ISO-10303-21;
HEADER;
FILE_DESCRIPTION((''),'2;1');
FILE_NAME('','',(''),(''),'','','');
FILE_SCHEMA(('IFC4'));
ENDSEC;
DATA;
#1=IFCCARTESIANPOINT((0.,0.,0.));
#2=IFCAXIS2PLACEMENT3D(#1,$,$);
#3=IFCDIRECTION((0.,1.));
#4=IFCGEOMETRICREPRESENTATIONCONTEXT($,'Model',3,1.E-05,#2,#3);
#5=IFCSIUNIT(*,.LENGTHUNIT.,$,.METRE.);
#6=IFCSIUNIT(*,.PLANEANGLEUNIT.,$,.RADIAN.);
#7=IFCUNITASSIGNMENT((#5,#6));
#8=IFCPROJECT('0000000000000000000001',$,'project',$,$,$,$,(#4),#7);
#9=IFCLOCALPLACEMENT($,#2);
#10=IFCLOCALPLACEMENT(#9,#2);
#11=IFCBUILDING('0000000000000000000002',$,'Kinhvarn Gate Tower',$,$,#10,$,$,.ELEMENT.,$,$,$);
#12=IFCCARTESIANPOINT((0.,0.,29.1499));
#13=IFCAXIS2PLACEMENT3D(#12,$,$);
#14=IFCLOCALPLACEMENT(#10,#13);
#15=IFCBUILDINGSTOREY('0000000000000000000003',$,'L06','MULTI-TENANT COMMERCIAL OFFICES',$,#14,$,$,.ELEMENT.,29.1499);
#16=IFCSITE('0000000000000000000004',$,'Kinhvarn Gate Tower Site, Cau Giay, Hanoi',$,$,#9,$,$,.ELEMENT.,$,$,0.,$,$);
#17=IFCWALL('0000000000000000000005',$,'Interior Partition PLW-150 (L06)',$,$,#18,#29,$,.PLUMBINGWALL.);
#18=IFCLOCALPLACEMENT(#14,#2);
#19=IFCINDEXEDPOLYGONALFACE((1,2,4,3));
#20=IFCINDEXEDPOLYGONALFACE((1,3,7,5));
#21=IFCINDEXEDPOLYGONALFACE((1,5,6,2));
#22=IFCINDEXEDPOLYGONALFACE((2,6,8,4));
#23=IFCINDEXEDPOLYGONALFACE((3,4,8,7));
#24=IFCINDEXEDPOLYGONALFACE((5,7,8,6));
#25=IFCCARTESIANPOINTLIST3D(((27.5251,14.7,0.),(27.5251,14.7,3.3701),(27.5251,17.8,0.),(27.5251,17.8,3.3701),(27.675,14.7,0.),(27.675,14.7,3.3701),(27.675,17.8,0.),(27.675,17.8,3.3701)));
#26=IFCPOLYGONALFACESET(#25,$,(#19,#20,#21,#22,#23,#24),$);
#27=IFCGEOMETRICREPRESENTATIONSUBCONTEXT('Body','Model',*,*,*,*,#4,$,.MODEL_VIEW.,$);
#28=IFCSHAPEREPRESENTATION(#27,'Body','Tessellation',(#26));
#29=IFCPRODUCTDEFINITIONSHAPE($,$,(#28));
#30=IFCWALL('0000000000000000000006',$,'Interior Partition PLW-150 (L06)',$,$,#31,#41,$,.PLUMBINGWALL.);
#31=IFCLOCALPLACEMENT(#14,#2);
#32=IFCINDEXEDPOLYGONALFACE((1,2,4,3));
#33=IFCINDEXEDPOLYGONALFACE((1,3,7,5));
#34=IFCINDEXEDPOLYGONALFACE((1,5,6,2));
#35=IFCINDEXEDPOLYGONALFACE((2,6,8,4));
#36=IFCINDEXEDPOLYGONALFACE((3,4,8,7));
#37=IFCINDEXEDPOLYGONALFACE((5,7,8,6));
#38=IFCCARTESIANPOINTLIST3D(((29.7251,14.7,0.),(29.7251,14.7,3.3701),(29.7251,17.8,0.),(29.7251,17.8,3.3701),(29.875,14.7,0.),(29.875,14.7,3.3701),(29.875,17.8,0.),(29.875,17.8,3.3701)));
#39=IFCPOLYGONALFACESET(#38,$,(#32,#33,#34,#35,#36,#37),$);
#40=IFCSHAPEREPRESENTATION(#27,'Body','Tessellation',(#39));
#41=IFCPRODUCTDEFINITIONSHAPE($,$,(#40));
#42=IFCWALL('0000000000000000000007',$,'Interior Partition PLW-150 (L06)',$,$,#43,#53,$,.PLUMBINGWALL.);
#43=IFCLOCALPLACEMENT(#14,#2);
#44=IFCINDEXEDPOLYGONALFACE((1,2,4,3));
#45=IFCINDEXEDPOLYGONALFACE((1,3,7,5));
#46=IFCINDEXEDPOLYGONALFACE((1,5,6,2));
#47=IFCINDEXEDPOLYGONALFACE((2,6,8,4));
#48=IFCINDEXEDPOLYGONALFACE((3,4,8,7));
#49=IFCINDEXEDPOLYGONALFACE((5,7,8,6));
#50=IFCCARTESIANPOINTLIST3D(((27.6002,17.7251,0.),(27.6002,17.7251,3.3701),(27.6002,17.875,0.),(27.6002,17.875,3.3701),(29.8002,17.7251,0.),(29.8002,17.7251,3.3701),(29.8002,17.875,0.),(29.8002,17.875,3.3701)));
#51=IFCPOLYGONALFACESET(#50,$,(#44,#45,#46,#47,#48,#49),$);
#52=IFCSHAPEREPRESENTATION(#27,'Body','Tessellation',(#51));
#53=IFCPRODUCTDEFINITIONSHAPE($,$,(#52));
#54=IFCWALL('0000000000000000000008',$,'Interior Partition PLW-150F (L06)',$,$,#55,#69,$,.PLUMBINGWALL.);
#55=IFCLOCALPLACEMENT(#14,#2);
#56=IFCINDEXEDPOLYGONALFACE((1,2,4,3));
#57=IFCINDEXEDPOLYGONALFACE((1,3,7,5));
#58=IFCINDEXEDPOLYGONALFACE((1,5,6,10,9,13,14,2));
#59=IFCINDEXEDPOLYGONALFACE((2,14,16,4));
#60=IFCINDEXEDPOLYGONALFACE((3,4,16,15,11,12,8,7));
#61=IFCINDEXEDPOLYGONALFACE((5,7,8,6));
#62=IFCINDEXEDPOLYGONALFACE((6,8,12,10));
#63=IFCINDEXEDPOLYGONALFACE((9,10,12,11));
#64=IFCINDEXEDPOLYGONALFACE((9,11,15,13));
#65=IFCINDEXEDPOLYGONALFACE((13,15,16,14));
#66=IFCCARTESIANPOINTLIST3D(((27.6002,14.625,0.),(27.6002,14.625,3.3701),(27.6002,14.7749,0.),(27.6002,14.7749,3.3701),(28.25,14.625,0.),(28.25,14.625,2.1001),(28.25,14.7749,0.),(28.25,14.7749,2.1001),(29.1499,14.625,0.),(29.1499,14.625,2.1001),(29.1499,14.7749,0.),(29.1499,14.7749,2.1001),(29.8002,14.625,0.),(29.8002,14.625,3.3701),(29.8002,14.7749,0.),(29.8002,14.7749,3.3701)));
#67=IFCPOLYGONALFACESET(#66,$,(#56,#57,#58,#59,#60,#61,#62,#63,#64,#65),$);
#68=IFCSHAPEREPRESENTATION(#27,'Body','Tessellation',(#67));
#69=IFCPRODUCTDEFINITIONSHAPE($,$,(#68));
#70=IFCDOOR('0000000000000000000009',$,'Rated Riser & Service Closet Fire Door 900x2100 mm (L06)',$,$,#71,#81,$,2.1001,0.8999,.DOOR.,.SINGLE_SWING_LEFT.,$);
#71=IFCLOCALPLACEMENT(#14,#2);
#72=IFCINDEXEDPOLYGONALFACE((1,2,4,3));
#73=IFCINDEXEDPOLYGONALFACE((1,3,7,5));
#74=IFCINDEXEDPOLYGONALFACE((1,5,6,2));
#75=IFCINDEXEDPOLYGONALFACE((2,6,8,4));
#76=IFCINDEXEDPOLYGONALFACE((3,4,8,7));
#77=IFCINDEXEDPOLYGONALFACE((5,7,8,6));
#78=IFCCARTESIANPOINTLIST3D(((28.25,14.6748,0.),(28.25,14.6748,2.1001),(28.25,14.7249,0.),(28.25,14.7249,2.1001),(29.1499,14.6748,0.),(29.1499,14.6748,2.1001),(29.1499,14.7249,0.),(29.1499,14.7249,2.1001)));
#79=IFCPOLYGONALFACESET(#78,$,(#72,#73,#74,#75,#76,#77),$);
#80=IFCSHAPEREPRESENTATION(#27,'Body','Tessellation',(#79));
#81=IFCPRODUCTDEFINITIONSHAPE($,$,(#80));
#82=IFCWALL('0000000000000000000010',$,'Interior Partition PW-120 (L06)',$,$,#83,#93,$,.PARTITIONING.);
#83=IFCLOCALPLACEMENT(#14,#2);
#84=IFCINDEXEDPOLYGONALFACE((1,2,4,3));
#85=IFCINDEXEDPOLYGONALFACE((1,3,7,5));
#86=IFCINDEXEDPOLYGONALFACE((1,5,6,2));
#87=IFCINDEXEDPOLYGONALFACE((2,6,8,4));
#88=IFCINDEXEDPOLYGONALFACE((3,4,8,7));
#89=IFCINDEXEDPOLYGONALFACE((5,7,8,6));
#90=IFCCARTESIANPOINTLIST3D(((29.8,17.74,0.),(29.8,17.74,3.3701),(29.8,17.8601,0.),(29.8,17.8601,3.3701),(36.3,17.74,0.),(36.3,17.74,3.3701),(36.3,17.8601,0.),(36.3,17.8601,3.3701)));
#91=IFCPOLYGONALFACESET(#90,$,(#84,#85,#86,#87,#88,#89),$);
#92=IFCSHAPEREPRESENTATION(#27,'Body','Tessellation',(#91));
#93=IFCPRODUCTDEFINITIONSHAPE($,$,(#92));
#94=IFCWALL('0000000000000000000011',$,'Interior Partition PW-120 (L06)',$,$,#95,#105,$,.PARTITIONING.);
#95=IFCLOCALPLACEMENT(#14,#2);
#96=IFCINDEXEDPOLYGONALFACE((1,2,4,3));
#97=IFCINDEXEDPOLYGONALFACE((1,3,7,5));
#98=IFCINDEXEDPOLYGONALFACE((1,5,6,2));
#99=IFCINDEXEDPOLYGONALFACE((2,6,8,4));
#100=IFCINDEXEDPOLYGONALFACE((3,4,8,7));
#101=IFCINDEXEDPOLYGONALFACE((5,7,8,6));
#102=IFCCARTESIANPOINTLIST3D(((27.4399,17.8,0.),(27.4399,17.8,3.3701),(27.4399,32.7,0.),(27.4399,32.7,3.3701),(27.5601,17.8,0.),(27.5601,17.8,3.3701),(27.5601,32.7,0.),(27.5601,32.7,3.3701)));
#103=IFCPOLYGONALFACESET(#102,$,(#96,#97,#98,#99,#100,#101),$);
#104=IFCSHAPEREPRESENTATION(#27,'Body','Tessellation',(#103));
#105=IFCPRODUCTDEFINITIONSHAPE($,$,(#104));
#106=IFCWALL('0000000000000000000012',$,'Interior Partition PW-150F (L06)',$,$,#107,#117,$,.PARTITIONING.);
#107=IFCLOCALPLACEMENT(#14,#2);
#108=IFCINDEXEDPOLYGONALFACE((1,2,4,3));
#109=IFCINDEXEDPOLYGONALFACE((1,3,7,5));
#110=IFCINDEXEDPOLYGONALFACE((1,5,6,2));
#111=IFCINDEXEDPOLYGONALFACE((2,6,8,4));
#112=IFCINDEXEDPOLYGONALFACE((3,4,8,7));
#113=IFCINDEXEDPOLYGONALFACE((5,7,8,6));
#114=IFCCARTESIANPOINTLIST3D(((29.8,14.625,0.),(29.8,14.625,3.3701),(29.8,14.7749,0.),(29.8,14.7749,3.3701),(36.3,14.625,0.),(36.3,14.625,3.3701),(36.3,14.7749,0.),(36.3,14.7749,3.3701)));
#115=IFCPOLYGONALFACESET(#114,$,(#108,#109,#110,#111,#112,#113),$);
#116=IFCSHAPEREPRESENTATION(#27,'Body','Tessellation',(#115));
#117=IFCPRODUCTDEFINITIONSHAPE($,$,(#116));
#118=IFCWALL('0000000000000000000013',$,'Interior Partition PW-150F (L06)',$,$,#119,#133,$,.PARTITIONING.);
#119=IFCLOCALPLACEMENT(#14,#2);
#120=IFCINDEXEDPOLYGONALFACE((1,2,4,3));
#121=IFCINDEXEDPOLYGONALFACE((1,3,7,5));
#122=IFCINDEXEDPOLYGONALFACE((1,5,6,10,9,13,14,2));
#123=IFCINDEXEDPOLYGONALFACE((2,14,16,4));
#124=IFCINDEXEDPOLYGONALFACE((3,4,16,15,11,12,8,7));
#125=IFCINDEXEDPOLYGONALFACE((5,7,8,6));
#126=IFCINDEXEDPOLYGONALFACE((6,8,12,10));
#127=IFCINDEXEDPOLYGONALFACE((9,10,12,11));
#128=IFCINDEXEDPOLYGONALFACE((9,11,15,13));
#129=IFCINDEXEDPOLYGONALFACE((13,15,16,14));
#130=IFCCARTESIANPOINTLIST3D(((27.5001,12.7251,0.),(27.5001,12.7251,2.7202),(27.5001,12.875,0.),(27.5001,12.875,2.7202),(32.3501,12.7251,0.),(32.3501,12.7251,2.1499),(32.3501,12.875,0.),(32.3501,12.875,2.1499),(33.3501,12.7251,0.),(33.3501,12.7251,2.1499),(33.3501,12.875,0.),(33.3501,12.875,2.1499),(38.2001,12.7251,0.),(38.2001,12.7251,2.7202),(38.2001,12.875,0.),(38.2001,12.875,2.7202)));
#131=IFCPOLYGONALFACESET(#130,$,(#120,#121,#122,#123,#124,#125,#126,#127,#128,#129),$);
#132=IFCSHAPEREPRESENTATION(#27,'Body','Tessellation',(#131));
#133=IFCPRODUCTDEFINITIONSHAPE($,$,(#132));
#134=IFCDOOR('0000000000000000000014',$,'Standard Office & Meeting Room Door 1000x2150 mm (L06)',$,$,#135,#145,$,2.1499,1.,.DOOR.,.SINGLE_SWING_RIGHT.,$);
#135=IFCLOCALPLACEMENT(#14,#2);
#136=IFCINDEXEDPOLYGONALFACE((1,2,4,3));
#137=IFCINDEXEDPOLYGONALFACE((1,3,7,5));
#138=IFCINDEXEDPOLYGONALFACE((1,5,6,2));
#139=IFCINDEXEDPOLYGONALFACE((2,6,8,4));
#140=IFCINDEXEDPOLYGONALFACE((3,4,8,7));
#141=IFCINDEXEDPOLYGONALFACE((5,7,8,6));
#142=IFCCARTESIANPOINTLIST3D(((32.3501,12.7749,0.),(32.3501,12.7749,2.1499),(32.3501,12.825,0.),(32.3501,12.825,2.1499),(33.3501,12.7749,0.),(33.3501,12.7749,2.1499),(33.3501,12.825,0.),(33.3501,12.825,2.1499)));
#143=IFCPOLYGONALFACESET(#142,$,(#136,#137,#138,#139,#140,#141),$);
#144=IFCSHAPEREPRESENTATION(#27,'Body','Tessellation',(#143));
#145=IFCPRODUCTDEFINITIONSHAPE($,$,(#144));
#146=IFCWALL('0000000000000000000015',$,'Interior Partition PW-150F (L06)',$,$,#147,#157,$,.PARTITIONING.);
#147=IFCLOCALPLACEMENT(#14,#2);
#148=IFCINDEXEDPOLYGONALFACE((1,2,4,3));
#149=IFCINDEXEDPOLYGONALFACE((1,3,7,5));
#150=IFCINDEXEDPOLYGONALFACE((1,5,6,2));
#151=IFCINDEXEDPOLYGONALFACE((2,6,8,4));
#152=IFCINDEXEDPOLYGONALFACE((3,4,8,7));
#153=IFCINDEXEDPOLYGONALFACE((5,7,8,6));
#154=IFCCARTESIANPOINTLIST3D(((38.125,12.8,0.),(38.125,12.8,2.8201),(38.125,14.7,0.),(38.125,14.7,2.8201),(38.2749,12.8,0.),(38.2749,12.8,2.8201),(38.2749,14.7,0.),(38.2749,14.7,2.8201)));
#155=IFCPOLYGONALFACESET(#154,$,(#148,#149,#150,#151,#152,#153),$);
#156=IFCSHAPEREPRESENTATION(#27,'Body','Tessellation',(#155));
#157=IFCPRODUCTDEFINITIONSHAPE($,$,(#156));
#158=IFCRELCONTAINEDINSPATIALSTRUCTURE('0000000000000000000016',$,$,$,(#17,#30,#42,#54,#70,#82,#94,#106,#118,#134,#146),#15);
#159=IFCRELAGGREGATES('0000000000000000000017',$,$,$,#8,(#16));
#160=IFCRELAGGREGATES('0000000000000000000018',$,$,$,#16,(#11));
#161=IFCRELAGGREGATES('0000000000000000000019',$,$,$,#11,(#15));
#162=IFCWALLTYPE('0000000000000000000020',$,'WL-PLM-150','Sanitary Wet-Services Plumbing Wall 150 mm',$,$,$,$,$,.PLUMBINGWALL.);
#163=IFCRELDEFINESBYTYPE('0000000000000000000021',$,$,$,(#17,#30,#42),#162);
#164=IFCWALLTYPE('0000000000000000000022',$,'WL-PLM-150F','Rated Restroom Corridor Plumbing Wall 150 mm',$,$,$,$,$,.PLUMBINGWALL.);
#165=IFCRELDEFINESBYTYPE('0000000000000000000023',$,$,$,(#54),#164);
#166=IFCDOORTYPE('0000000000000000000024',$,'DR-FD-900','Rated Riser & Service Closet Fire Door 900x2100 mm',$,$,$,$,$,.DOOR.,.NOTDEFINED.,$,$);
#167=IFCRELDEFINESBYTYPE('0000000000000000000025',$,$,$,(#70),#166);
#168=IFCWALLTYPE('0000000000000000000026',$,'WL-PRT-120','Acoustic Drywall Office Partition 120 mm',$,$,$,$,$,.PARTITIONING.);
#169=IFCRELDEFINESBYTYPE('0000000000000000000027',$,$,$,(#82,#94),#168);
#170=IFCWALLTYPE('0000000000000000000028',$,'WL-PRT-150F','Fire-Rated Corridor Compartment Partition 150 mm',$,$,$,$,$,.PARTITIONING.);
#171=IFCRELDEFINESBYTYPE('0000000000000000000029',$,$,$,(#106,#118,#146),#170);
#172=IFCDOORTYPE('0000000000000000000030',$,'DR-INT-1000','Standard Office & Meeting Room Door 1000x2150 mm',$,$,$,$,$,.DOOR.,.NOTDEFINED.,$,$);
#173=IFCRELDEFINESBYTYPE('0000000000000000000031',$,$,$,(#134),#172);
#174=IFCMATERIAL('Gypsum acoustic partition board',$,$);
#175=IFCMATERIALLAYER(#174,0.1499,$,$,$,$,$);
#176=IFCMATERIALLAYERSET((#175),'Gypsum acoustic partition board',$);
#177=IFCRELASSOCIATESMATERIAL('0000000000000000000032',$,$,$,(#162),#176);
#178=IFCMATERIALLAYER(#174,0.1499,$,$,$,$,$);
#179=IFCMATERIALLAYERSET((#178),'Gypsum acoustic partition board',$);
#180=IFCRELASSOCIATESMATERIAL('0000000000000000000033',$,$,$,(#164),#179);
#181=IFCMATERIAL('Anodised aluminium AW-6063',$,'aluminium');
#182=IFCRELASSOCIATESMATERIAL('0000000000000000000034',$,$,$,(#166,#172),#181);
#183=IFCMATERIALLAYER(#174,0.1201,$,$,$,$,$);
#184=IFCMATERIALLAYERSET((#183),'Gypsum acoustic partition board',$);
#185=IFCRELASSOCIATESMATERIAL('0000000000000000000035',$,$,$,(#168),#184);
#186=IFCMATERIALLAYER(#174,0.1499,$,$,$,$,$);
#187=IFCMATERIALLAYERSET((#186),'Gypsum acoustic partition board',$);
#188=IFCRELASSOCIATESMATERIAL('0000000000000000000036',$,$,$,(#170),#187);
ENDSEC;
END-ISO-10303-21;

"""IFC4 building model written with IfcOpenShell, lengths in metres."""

from ifc_helpers import new_model, si_unit, direction, frame, frame_2d, origin, place, context, subcontext, project, spatial, rectangle, extrude, material, layer, layer_set, type_object, element, fill, save


model = new_model("IFC4")

# Units and contexts
model_context = context("Model", 3, precision=1e-05, world=origin(), true_north=direction((0.0, 1.0)))
body_context = subcontext(model_context, "Body", "Model", "MODEL_VIEW")
ifc_project = project(units=[si_unit("LENGTHUNIT", "METRE"), si_unit("PLANEANGLEUNIT", "RADIAN")], contexts=[model_context])

# Site, building, storey
site_placement = place(None, origin())
site = spatial("IfcSite", under=ifc_project, at=site_placement, Name="Kinhvarn Gate Tower Site, Cau Giay, Hanoi", CompositionType="ELEMENT", RefElevation=0.0)
building_placement = place(site_placement, origin())
building = spatial("IfcBuilding", under=site, at=building_placement, Name="Kinhvarn Gate Tower", CompositionType="ELEMENT")
storey_placement = place(building_placement, frame((0.0, 0.0, 29.1499)))
storey = spatial("IfcBuildingStorey", under=building, at=storey_placement, Name="L06", Description="MULTI-TENANT COMMERCIAL OFFICES", CompositionType="ELEMENT", Elevation=29.1499)

# Walls
ifc_material_1 = material(Name="Gypsum acoustic partition board")
ifc_layer_1 = layer(ifc_material_1, 0.1499)
ifc_layer_set_1 = layer_set([ifc_layer_1], Name="Gypsum acoustic partition board")
wall_type_1 = type_object("IfcWallType", Name="WL-PLM-150", Description="Sanitary Wet-Services Plumbing Wall 150 mm", PredefinedType="PLUMBINGWALL", material=ifc_layer_set_1)
for number, where, z_axis, x_axis, name in (
    (1, (27.6001, 14.7, 0.0), (0.0, 0.0, 1.0), (0.0, 1.0, 0.0), "Interior Partition PLW-150 (L06)"),
    (2, (29.8, 14.7, 0.0), (0.0, 0.0, 1.0), (0.0, 1.0, 0.0), "Interior Partition PLW-150 (L06)"),
):
    element("IfcWall", number, at=place(storey_placement, frame(where, z_axis=z_axis, x_axis=x_axis)), inside=storey, type_object=wall_type_1, Name=name, PredefinedType="PLUMBINGWALL", context=body_context, shape_type="SweptSolid", body=[
        extrude(rectangle(XDim=3.1001, YDim=0.1499, at=frame_2d((1.55, 0.0))), origin(), (0.0, 0.0, 1.0), 3.3701),
    ])
wall_1_placement = place(storey_placement, frame((27.6001, 17.8, 0.0), z_axis=(0.0, 0.0, 1.0), x_axis=(1.0, 0.0, 0.0)))
element("IfcWall", 3, at=wall_1_placement, inside=storey, type_object=wall_type_1, Name="Interior Partition PLW-150 (L06)", PredefinedType="PLUMBINGWALL", context=body_context, shape_type="SweptSolid", body=[
    extrude(rectangle(XDim=2.2, YDim=0.1499, at=frame_2d((1.1001, 0.0))), origin(), (0.0, 0.0, 1.0), 3.3701),
])

# Wall, opening, door
ifc_layer_2 = layer(ifc_material_1, 0.1499)
ifc_layer_set_2 = layer_set([ifc_layer_2], Name="Gypsum acoustic partition board")
wall_type_2 = type_object("IfcWallType", Name="WL-PLM-150F", Description="Rated Restroom Corridor Plumbing Wall 150 mm", PredefinedType="PLUMBINGWALL", material=ifc_layer_set_2)
wall_2_placement = place(storey_placement, frame((27.6001, 14.7, 0.0), z_axis=(0.0, 0.0, 1.0), x_axis=(1.0, 0.0, 0.0)))
wall_2 = element("IfcWall", 4, at=wall_2_placement, inside=storey, type_object=wall_type_2, Name="Interior Partition PLW-150F (L06)", PredefinedType="PLUMBINGWALL", context=body_context, shape_type="SweptSolid", body=[
    extrude(rectangle(XDim=2.2, YDim=0.1499, at=frame_2d((1.1001, 0.0))), origin(), (0.0, 0.0, 1.0), 3.3701),
])
opening_1_placement = place(wall_2_placement, frame((0.6499, 0.0, 0.0)))
opening_1 = element("IfcOpeningElement", 5, at=opening_1_placement, cuts=wall_2, PredefinedType="OPENING", context=body_context, shape_type="SweptSolid", body=[
    extrude(rectangle(XDim=0.8999, YDim=2.1001, at=frame_2d((0.45, 1.05))), frame((0.0, 0.085, 0.0), z_axis=(0.0, -1.0, 0.0), x_axis=(1.0, 0.0, 0.0)), (0.0, 0.0, 1.0), 0.1699),
])
ifc_material_2 = material(Name="Anodised aluminium AW-6063", Category="aluminium")
door_type_1 = type_object("IfcDoorType", Name="DR-FD-900", Description="Rated Riser & Service Closet Fire Door 900x2100 mm", OperationType="NOTDEFINED", PredefinedType="DOOR", material=ifc_material_2)
door_1_placement = place(opening_1_placement, origin())
door_1 = element("IfcDoor", 6, at=door_1_placement, inside=storey, type_object=door_type_1, Name="Rated Riser & Service Closet Fire Door 900x2100 mm (L06)", OperationType="SINGLE_SWING_LEFT", OverallHeight=2.1001, OverallWidth=0.8999, PredefinedType="DOOR", context=body_context, shape_type="SweptSolid", body=[
    extrude(rectangle(XDim=0.8999, YDim=2.1001, at=frame_2d((0.45, 1.05))), frame((0.0, 0.0249, 0.0), z_axis=(0.0, -1.0, 0.0), x_axis=(1.0, 0.0, 0.0)), (0.0, 0.0, 1.0), 0.05),
])
fill(opening_1, door_1)

# Walls
ifc_layer_3 = layer(ifc_material_1, 0.1201)
ifc_layer_set_3 = layer_set([ifc_layer_3], Name="Gypsum acoustic partition board")
wall_type_3 = type_object("IfcWallType", Name="WL-PRT-120", Description="Acoustic Drywall Office Partition 120 mm", PredefinedType="PARTITIONING", material=ifc_layer_set_3)
wall_3_placement = place(storey_placement, frame((29.8, 17.8, 0.0), z_axis=(0.0, 0.0, 1.0), x_axis=(1.0, 0.0, 0.0)))
element("IfcWall", 7, at=wall_3_placement, inside=storey, type_object=wall_type_3, Name="Interior Partition PW-120 (L06)", PredefinedType="PARTITIONING", context=body_context, shape_type="SweptSolid", body=[
    extrude(rectangle(XDim=6.5, YDim=0.1201, at=frame_2d((3.25, 0.0))), origin(), (0.0, 0.0, 1.0), 3.3701),
])
wall_4_placement = place(storey_placement, frame((27.5, 17.8, 0.0), z_axis=(0.0, 0.0, 1.0), x_axis=(0.0, 1.0, 0.0)))
element("IfcWall", 8, at=wall_4_placement, inside=storey, type_object=wall_type_3, Name="Interior Partition PW-120 (L06)", PredefinedType="PARTITIONING", context=body_context, shape_type="SweptSolid", body=[
    extrude(rectangle(XDim=14.8999, YDim=0.1201, at=frame_2d((7.45, 0.0))), origin(), (0.0, 0.0, 1.0), 3.3701),
])
ifc_layer_4 = layer(ifc_material_1, 0.1499)
ifc_layer_set_4 = layer_set([ifc_layer_4], Name="Gypsum acoustic partition board")
wall_type_4 = type_object("IfcWallType", Name="WL-PRT-150F", Description="Fire-Rated Corridor Compartment Partition 150 mm", PredefinedType="PARTITIONING", material=ifc_layer_set_4)
wall_5_placement = place(storey_placement, frame((29.8, 14.7, 0.0), z_axis=(0.0, 0.0, 1.0), x_axis=(1.0, 0.0, 0.0)))
element("IfcWall", 9, at=wall_5_placement, inside=storey, type_object=wall_type_4, Name="Interior Partition PW-150F (L06)", PredefinedType="PARTITIONING", context=body_context, shape_type="SweptSolid", body=[
    extrude(rectangle(XDim=6.5, YDim=0.1499, at=frame_2d((3.25, 0.0))), origin(), (0.0, 0.0, 1.0), 3.3701),
])

# Wall, opening, door
wall_6_placement = place(storey_placement, frame((27.5, 12.8, 0.0), z_axis=(0.0, 0.0, 1.0), x_axis=(1.0, 0.0, 0.0)))
wall_6 = element("IfcWall", 10, at=wall_6_placement, inside=storey, type_object=wall_type_4, Name="Interior Partition PW-150F (L06)", PredefinedType="PARTITIONING", context=body_context, shape_type="SweptSolid", body=[
    extrude(rectangle(XDim=10.7, YDim=0.1499, at=frame_2d((5.3501, 0.0))), origin(), (0.0, 0.0, 1.0), 2.7202),
])
opening_2_placement = place(wall_6_placement, frame((4.8501, 0.0, 0.0)))
opening_2 = element("IfcOpeningElement", 11, at=opening_2_placement, cuts=wall_6, PredefinedType="OPENING", context=body_context, shape_type="SweptSolid", body=[
    extrude(rectangle(XDim=1.0, YDim=2.1499, at=frame_2d((0.5, 1.075))), frame((0.0, 0.085, 0.0), z_axis=(0.0, -1.0, 0.0), x_axis=(1.0, 0.0, 0.0)), (0.0, 0.0, 1.0), 0.1699),
])
door_type_2 = type_object("IfcDoorType", Name="DR-INT-1000", Description="Standard Office & Meeting Room Door 1000x2150 mm", OperationType="NOTDEFINED", PredefinedType="DOOR", material=ifc_material_2)
door_2_placement = place(opening_2_placement, origin())
door_2 = element("IfcDoor", 12, at=door_2_placement, inside=storey, type_object=door_type_2, Name="Standard Office & Meeting Room Door 1000x2150 mm (L06)", OperationType="SINGLE_SWING_RIGHT", OverallHeight=2.1499, OverallWidth=1.0, PredefinedType="DOOR", context=body_context, shape_type="SweptSolid", body=[
    extrude(rectangle(XDim=1.0, YDim=2.1499, at=frame_2d((0.5, 1.075))), frame((0.0, 0.0249, 0.0), z_axis=(0.0, -1.0, 0.0), x_axis=(1.0, 0.0, 0.0)), (0.0, 0.0, 1.0), 0.05),
])
fill(opening_2, door_2)

# Wall
wall_7_placement = place(storey_placement, frame((38.2, 12.8, 0.0), z_axis=(0.0, 0.0, 1.0), x_axis=(0.0, 1.0, 0.0)))
element("IfcWall", 13, at=wall_7_placement, inside=storey, type_object=wall_type_4, Name="Interior Partition PW-150F (L06)", PredefinedType="PARTITIONING", context=body_context, shape_type="SweptSolid", body=[
    extrude(rectangle(XDim=1.8999, YDim=0.1499, at=frame_2d((0.95, 0.0))), origin(), (0.0, 0.0, 1.0), 2.8201),
])

save(model, "model.ifc")
